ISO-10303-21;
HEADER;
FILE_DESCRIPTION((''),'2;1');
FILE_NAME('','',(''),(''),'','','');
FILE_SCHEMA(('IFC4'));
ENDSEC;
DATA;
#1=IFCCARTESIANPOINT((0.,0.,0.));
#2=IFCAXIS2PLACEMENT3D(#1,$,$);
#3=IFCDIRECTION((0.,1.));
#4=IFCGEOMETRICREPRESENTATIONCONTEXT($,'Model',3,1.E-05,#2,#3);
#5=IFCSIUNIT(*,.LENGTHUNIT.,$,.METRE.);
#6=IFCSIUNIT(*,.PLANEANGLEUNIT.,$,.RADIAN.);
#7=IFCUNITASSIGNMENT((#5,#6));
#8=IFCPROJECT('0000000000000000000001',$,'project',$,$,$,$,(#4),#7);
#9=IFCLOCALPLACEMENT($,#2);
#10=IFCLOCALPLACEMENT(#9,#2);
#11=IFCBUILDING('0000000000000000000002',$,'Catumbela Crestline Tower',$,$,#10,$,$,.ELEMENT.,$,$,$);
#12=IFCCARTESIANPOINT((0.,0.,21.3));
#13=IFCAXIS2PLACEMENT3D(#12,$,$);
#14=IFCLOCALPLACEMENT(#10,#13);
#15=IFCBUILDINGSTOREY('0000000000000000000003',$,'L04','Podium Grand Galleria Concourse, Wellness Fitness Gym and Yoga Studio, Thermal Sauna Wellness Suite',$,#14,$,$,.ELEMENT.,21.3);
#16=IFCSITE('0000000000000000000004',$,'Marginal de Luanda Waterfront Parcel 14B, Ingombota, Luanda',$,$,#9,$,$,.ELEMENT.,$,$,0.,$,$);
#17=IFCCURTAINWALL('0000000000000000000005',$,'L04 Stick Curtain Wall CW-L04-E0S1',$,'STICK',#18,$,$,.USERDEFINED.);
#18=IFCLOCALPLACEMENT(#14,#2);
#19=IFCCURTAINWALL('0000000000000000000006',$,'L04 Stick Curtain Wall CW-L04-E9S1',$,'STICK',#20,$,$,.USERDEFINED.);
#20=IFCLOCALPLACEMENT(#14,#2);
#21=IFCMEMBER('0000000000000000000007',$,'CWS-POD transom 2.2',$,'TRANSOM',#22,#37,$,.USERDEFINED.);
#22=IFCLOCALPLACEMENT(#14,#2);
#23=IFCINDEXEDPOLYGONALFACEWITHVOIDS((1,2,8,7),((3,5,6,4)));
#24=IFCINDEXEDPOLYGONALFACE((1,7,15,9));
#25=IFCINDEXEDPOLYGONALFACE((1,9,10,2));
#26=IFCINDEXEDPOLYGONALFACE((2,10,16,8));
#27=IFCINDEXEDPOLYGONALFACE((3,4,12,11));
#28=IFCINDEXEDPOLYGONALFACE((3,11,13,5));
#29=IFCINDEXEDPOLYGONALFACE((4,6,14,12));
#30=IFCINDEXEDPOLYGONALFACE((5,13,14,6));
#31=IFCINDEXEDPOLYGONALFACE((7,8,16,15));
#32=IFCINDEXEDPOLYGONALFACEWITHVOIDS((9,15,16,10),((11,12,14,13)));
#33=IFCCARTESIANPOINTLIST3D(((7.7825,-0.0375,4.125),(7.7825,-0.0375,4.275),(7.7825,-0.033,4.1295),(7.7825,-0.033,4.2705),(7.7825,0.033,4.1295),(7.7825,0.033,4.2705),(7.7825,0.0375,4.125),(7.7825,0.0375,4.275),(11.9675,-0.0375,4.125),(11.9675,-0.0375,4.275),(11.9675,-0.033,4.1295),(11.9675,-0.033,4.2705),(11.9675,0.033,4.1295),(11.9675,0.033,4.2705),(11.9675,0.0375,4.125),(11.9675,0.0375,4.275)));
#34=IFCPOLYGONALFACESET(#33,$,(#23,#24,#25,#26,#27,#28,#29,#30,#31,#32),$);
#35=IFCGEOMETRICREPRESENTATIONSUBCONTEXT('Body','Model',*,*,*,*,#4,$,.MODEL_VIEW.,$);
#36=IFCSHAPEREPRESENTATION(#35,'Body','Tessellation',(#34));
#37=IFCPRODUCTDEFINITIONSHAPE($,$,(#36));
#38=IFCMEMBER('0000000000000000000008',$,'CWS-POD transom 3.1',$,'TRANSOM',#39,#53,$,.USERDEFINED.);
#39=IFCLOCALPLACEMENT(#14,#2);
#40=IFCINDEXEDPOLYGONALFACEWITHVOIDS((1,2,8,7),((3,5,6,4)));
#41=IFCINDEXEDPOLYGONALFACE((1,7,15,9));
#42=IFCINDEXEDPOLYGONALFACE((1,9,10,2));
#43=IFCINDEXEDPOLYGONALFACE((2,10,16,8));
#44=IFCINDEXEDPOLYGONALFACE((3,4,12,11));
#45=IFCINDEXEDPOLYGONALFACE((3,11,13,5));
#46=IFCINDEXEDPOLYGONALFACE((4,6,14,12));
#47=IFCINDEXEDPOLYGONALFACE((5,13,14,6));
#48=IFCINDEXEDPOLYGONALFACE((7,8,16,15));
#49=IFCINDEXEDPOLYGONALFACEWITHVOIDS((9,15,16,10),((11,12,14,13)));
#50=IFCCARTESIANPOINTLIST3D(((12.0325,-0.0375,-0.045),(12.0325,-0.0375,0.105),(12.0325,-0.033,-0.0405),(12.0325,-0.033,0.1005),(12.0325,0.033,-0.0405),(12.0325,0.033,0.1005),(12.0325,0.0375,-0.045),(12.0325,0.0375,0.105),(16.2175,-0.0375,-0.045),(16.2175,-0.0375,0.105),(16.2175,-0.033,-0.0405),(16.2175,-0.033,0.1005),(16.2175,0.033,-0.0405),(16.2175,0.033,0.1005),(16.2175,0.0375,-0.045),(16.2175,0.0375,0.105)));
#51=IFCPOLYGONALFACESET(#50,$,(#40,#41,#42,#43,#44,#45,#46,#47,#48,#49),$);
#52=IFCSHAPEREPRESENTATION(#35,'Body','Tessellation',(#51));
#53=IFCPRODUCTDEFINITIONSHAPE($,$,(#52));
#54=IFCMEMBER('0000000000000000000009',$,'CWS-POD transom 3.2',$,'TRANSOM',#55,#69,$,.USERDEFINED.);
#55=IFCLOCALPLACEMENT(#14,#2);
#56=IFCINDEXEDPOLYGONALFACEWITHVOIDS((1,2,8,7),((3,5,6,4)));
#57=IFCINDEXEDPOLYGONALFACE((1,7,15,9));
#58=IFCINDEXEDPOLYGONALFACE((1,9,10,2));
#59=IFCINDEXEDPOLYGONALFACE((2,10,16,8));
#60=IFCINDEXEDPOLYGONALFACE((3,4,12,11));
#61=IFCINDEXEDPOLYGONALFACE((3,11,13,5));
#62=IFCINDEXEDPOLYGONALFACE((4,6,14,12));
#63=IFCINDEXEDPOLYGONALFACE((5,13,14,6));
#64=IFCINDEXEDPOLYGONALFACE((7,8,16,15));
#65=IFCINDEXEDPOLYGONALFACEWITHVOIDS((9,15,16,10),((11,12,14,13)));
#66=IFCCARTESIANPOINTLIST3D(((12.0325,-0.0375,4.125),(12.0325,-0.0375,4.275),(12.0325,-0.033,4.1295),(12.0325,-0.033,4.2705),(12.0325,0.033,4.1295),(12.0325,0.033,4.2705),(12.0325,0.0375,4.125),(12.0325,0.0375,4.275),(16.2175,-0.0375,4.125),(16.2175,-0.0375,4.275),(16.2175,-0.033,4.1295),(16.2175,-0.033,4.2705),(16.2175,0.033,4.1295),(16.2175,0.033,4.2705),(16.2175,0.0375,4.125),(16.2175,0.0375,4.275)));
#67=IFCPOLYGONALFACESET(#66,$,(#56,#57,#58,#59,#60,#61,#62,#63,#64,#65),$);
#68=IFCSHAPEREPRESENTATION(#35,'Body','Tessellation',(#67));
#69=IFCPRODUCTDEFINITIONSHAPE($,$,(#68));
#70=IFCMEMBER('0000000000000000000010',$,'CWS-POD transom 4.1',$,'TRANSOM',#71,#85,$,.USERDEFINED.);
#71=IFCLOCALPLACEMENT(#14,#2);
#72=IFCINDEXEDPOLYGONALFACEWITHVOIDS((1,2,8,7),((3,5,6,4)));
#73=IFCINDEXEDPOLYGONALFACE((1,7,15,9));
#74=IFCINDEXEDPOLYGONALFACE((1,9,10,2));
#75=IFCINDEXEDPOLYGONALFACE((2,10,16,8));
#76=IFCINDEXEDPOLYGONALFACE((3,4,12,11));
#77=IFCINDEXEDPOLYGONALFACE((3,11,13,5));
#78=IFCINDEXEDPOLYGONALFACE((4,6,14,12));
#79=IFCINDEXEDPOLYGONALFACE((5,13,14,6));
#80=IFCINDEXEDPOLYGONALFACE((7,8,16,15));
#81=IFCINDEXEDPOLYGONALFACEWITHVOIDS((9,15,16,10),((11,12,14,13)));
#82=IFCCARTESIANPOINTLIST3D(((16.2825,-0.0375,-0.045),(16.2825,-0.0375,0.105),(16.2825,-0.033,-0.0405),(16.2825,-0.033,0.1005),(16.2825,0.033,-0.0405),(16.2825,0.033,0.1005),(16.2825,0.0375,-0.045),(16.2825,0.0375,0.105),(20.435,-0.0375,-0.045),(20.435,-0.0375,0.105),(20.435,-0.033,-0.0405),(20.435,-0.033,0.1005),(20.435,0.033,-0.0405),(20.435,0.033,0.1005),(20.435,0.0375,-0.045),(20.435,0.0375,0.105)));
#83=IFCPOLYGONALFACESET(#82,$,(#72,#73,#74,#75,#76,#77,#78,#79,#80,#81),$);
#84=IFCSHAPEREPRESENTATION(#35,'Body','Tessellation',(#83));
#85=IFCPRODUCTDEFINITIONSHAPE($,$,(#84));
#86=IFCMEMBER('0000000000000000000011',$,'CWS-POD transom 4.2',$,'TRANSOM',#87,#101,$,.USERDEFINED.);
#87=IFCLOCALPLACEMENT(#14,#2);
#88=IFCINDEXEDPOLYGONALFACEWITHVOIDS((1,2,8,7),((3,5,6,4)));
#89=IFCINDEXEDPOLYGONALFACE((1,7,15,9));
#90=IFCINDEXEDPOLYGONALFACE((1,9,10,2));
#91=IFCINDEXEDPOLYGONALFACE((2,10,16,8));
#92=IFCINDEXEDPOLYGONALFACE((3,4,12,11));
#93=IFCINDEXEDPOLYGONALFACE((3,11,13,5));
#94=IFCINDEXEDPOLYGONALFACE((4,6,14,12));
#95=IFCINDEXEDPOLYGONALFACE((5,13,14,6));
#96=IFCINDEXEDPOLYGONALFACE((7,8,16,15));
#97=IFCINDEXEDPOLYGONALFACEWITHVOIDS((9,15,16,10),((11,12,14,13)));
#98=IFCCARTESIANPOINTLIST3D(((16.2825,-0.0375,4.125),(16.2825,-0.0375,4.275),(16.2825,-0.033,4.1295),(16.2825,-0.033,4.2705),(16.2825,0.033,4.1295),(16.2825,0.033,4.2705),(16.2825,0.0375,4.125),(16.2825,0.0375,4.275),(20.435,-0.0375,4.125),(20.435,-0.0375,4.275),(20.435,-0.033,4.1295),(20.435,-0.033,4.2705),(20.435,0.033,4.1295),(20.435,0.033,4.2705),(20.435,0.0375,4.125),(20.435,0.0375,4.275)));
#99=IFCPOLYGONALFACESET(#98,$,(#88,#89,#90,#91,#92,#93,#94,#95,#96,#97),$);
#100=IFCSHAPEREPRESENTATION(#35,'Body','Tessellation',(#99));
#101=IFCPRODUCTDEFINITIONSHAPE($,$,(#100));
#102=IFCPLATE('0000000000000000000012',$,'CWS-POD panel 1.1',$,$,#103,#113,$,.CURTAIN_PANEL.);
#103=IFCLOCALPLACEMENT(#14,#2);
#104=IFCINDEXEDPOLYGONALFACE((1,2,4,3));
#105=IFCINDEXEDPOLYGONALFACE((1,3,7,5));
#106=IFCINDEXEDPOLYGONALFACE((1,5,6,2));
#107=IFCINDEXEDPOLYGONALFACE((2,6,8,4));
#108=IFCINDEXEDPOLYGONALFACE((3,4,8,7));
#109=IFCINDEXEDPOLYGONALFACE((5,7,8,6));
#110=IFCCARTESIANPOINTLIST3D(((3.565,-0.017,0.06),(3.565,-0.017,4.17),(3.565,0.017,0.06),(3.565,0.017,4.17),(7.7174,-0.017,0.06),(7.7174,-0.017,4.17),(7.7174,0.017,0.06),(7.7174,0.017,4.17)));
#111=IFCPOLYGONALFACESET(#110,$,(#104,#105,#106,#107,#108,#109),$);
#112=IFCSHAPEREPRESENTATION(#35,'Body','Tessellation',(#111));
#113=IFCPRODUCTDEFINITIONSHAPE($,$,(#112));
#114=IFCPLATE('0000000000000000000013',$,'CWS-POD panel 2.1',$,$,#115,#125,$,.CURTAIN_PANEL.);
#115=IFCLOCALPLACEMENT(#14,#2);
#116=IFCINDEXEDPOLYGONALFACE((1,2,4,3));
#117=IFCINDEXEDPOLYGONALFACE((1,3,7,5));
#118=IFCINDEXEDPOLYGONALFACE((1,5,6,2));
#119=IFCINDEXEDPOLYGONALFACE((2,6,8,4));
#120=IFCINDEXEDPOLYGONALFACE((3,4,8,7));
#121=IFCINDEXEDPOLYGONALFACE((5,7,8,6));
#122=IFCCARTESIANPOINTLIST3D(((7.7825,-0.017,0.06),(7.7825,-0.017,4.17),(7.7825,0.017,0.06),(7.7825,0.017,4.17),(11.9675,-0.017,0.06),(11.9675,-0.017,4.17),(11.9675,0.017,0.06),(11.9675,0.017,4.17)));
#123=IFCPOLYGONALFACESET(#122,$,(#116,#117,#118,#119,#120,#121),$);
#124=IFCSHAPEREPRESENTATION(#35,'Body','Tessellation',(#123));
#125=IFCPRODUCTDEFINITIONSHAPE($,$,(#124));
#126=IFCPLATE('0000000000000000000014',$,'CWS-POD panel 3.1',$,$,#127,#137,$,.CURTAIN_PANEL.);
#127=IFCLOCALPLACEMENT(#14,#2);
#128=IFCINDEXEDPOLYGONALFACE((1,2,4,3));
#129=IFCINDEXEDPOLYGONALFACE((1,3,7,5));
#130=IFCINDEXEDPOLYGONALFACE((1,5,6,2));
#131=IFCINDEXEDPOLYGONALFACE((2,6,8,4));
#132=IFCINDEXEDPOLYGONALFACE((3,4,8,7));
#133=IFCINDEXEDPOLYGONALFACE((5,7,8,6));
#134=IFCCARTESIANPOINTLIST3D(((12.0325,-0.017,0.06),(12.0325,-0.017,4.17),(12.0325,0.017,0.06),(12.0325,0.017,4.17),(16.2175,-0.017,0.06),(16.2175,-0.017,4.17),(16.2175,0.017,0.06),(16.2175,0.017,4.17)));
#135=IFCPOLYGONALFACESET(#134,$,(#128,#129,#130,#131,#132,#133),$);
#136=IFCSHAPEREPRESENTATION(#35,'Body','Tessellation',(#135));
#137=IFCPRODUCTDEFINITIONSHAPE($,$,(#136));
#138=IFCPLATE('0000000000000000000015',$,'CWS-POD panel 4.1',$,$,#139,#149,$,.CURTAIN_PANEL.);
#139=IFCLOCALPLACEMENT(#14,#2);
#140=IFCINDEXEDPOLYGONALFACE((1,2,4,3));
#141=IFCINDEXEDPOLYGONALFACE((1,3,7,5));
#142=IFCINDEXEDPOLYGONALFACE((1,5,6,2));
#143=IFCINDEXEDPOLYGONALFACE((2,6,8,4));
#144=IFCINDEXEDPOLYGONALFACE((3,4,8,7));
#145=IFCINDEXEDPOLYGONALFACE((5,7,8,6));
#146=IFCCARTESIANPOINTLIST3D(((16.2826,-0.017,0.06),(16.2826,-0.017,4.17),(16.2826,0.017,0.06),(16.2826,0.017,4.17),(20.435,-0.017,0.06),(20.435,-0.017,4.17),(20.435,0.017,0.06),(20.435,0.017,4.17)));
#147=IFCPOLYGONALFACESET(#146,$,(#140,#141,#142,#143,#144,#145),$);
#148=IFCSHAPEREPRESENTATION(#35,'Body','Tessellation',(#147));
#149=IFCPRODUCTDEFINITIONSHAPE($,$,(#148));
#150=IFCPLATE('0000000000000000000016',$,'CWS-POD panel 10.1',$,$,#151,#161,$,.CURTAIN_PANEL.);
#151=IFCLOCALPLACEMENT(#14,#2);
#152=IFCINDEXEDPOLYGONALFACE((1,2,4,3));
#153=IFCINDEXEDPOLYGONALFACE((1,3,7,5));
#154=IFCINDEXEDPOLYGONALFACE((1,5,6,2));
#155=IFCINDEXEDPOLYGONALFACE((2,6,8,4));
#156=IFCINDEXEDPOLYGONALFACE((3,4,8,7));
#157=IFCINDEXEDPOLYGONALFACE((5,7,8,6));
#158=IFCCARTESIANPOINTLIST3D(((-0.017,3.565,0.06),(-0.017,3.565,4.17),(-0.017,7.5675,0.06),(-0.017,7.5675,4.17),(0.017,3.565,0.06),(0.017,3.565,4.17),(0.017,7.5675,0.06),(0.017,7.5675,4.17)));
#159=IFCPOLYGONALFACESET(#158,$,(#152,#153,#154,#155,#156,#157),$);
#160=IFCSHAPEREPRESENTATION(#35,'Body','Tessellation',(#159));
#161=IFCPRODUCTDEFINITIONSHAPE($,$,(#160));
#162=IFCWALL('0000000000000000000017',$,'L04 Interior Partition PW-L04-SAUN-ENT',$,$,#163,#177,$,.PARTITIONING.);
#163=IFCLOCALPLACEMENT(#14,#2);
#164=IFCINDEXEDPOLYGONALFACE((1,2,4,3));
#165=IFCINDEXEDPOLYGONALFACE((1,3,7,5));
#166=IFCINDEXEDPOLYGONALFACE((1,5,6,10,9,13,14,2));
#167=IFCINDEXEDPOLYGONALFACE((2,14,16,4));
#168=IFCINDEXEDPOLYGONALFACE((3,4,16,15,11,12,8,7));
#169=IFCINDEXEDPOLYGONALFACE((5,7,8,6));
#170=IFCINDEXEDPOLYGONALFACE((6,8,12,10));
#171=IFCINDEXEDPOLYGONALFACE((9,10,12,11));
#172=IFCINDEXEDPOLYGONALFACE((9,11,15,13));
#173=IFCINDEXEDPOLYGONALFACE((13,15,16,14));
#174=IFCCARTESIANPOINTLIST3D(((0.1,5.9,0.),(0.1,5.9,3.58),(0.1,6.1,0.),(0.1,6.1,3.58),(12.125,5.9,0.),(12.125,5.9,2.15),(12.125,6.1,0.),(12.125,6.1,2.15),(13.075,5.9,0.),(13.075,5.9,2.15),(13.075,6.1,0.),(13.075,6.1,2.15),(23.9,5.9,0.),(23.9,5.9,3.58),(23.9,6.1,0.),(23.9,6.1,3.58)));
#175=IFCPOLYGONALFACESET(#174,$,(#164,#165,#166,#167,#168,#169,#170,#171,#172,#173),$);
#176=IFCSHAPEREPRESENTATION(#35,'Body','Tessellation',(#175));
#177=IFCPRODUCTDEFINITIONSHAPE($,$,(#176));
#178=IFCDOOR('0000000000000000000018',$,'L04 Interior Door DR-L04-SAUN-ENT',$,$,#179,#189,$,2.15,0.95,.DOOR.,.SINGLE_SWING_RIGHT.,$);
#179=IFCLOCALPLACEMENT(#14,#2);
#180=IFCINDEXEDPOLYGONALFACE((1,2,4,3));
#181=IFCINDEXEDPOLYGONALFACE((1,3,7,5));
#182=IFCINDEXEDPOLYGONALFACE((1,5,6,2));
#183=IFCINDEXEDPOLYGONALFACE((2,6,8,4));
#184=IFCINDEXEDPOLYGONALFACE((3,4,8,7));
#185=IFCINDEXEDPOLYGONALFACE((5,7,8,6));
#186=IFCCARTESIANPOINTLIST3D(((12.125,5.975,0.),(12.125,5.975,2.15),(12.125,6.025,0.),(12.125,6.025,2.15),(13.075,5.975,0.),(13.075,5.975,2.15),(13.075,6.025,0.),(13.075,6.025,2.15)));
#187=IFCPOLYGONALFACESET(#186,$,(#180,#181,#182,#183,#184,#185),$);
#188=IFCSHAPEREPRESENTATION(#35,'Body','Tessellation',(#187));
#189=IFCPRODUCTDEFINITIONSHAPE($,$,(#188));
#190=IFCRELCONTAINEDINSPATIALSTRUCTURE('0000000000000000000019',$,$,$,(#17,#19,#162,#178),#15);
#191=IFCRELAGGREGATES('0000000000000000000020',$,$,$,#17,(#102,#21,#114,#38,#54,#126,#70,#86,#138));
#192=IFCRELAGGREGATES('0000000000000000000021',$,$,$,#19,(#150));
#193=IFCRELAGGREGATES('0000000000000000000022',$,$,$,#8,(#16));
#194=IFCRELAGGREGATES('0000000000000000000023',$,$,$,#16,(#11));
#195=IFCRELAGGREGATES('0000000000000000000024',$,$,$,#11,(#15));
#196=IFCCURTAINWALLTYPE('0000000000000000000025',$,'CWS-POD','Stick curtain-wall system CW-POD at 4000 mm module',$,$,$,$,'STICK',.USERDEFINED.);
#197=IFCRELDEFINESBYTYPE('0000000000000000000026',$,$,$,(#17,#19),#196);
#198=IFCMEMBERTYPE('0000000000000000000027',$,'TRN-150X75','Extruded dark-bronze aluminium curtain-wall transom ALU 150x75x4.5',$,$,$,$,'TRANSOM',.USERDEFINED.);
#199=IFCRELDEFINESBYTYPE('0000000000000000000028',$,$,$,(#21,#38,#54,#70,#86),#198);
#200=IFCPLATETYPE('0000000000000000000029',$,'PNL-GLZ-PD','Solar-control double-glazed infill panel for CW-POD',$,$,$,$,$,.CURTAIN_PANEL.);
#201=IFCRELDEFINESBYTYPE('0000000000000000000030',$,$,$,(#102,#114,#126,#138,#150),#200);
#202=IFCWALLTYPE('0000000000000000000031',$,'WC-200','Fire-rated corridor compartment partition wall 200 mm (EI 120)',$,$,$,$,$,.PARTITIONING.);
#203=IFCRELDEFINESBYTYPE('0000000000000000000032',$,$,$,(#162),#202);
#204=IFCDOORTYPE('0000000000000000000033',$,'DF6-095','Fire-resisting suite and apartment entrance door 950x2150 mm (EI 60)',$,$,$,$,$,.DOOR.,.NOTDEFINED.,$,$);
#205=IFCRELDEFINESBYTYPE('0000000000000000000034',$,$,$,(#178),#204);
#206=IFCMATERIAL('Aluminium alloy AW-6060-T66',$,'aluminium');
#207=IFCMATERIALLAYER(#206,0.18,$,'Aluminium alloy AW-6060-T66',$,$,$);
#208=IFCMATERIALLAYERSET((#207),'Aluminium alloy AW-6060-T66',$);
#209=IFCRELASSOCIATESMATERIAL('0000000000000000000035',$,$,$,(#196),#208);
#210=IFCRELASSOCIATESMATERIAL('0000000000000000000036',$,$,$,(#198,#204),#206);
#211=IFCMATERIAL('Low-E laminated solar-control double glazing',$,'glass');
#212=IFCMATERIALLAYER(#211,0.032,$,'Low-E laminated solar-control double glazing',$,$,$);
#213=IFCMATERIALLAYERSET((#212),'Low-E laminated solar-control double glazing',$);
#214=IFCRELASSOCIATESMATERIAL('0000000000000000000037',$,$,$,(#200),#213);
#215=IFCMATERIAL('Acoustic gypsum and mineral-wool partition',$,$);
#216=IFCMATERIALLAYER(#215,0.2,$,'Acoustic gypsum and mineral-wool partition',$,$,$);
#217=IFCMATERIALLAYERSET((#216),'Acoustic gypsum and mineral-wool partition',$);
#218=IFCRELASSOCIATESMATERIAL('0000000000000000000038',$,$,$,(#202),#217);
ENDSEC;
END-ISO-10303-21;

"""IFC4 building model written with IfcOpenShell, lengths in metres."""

from ifc_helpers import new_model, si_unit, direction, frame, frame_2d, origin, origin_2d, place, context, subcontext, project, spatial, rectangle, hollow_rectangle, extrude, material, layer, layer_set, material_profile, profile_set, type_object, element, fill, aggregate, save


model = new_model("IFC4")

# Units and contexts
model_context = context("Model", 3, precision=1e-05, world=origin(), true_north=direction((0.0, 1.0)))
body_context = subcontext(model_context, "Body", "Model", "MODEL_VIEW")
ifc_project = project(units=[si_unit("LENGTHUNIT", "METRE"), si_unit("PLANEANGLEUNIT", "RADIAN")], contexts=[model_context])

# Site, building, storey
site_placement = place(None, origin())
site = spatial("IfcSite", under=ifc_project, at=site_placement, Name="Marginal de Luanda Waterfront Parcel 14B, Ingombota, Luanda", CompositionType="ELEMENT", RefElevation=0.0)
building_placement = place(site_placement, origin())
building = spatial("IfcBuilding", under=site, at=building_placement, Name="Catumbela Crestline Tower", CompositionType="ELEMENT")
storey_placement = place(building_placement, frame((0.0, 0.0, 21.3)))
storey = spatial("IfcBuildingStorey", under=building, at=storey_placement, Name="L04", Description="Podium Grand Galleria Concourse, Wellness Fitness Gym and Yoga Studio, Thermal Sauna Wellness Suite", CompositionType="ELEMENT", Elevation=21.3)

# Curtain wall
ifc_material_1 = material(Name="Aluminium alloy AW-6060-T66", Category="aluminium")
ifc_layer_1 = layer(ifc_material_1, 0.18, Name="Aluminium alloy AW-6060-T66")
ifc_layer_set_1 = layer_set([ifc_layer_1], Name="Aluminium alloy AW-6060-T66")
curtain_wall_type = type_object("IfcCurtainWallType", Name="CWS-POD", Description="Stick curtain-wall system CW-POD at 4000 mm module", ElementType="STICK", PredefinedType="USERDEFINED", material=ifc_layer_set_1)
curtain_wall_1_placement = place(storey_placement, origin())
curtain_wall_1 = element("IfcCurtainWall", 1, at=curtain_wall_1_placement, inside=storey, type_object=curtain_wall_type, Name="L04 Stick Curtain Wall CW-L04-E0S1", ObjectType="STICK", PredefinedType="USERDEFINED")

# Curtain wall
curtain_wall_2_placement = place(storey_placement, origin())
curtain_wall_2 = element("IfcCurtainWall", 2, at=curtain_wall_2_placement, inside=storey, type_object=curtain_wall_type, Name="L04 Stick Curtain Wall CW-L04-E9S1", ObjectType="STICK", PredefinedType="USERDEFINED")

# Members
ifc_material_profile_1 = material_profile(ifc_material_1, hollow_rectangle(XDim=0.075, YDim=0.15, WallThickness=0.0045, at=origin_2d()), Name="ALU 150x75x4.5")
ifc_profile_set_1 = profile_set([ifc_material_profile_1], Name="Aluminium alloy AW-6060-T66")
member_type_1 = type_object("IfcMemberType", Name="TRN-150X75", Description="Extruded dark-bronze aluminium curtain-wall transom ALU 150x75x4.5", ElementType="TRANSOM", PredefinedType="USERDEFINED", material=ifc_profile_set_1)
member_1_placement = place(storey_placement, frame((7.7825, 0.0, 4.2), z_axis=(1.0, 0.0, 0.0), x_axis=(0.0, 1.0, 0.0)))
member_1 = element("IfcMember", 3, at=member_1_placement, type_object=member_type_1, Name="CWS-POD transom 2.2", ObjectType="TRANSOM", PredefinedType="USERDEFINED", context=body_context, shape_type="SweptSolid", body=[
    extrude(hollow_rectangle(XDim=0.075, YDim=0.15, WallThickness=0.0045, at=origin_2d()), origin(), (0.0, 0.0, 1.0), 4.185),
])
member_2_placement = place(storey_placement, frame((12.0325, 0.0, 0.03), z_axis=(1.0, 0.0, 0.0), x_axis=(0.0, 1.0, 0.0)))
member_2 = element("IfcMember", 4, at=member_2_placement, type_object=member_type_1, Name="CWS-POD transom 3.1", ObjectType="TRANSOM", PredefinedType="USERDEFINED", context=body_context, shape_type="SweptSolid", body=[
    extrude(hollow_rectangle(XDim=0.075, YDim=0.15, WallThickness=0.0045, at=origin_2d()), origin(), (0.0, 0.0, 1.0), 4.185),
])
member_3_placement = place(storey_placement, frame((12.0325, 0.0, 4.2), z_axis=(1.0, 0.0, 0.0), x_axis=(0.0, 1.0, 0.0)))
member_3 = element("IfcMember", 5, at=member_3_placement, type_object=member_type_1, Name="CWS-POD transom 3.2", ObjectType="TRANSOM", PredefinedType="USERDEFINED", context=body_context, shape_type="SweptSolid", body=[
    extrude(hollow_rectangle(XDim=0.075, YDim=0.15, WallThickness=0.0045, at=origin_2d()), origin(), (0.0, 0.0, 1.0), 4.185),
])
member_4_placement = place(storey_placement, frame((16.2825, 0.0, 0.03), z_axis=(1.0, 0.0, 0.0), x_axis=(0.0, 1.0, 0.0)))
member_4 = element("IfcMember", 6, at=member_4_placement, type_object=member_type_1, Name="CWS-POD transom 4.1", ObjectType="TRANSOM", PredefinedType="USERDEFINED", context=body_context, shape_type="SweptSolid", body=[
    extrude(hollow_rectangle(XDim=0.075, YDim=0.15, WallThickness=0.0045, at=origin_2d()), origin(), (0.0, 0.0, 1.0), 4.1525),
])
member_5_placement = place(storey_placement, frame((16.2825, 0.0, 4.2), z_axis=(1.0, 0.0, 0.0), x_axis=(0.0, 1.0, 0.0)))
member_5 = element("IfcMember", 7, at=member_5_placement, type_object=member_type_1, Name="CWS-POD transom 4.2", ObjectType="TRANSOM", PredefinedType="USERDEFINED", context=body_context, shape_type="SweptSolid", body=[
    extrude(hollow_rectangle(XDim=0.075, YDim=0.15, WallThickness=0.0045, at=origin_2d()), origin(), (0.0, 0.0, 1.0), 4.1525),
])

# Plates
ifc_material_2 = material(Name="Low-E laminated solar-control double glazing", Category="glass")
ifc_layer_2 = layer(ifc_material_2, 0.032, Name="Low-E laminated solar-control double glazing")
ifc_layer_set_2 = layer_set([ifc_layer_2], Name="Low-E laminated solar-control double glazing")
plate_type = type_object("IfcPlateType", Name="PNL-GLZ-PD", Description="Solar-control double-glazed infill panel for CW-POD", PredefinedType="CURTAIN_PANEL", material=ifc_layer_set_2)
plate_1_placement = place(storey_placement, frame((5.6412, 0.0, 0.06), z_axis=(0.0, 0.0, 1.0), x_axis=(1.0, 0.0, 0.0)))
plate_1 = element("IfcPlate", 8, at=plate_1_placement, type_object=plate_type, Name="CWS-POD panel 1.1", PredefinedType="CURTAIN_PANEL", context=body_context, shape_type="SweptSolid", body=[
    extrude(rectangle(XDim=4.1525, YDim=0.034, at=origin_2d()), origin(), (0.0, 0.0, 1.0), 4.11),
])
plate_2_placement = place(storey_placement, frame((9.875, 0.0, 0.06), z_axis=(0.0, 0.0, 1.0), x_axis=(1.0, 0.0, 0.0)))
plate_2 = element("IfcPlate", 9, at=plate_2_placement, type_object=plate_type, Name="CWS-POD panel 2.1", PredefinedType="CURTAIN_PANEL", context=body_context, shape_type="SweptSolid", body=[
    extrude(rectangle(XDim=4.185, YDim=0.034, at=origin_2d()), origin(), (0.0, 0.0, 1.0), 4.11),
])
plate_3_placement = place(storey_placement, frame((14.125, 0.0, 0.06), z_axis=(0.0, 0.0, 1.0), x_axis=(1.0, 0.0, 0.0)))
plate_3 = element("IfcPlate", 10, at=plate_3_placement, type_object=plate_type, Name="CWS-POD panel 3.1", PredefinedType="CURTAIN_PANEL", context=body_context, shape_type="SweptSolid", body=[
    extrude(rectangle(XDim=4.185, YDim=0.034, at=origin_2d()), origin(), (0.0, 0.0, 1.0), 4.11),
])
plate_4_placement = place(storey_placement, frame((18.3588, 0.0, 0.06), z_axis=(0.0, 0.0, 1.0), x_axis=(1.0, 0.0, 0.0)))
plate_4 = element("IfcPlate", 11, at=plate_4_placement, type_object=plate_type, Name="CWS-POD panel 4.1", PredefinedType="CURTAIN_PANEL", context=body_context, shape_type="SweptSolid", body=[
    extrude(rectangle(XDim=4.1525, YDim=0.034, at=origin_2d()), origin(), (0.0, 0.0, 1.0), 4.11),
])
aggregate(curtain_wall_1, [plate_1, member_1, plate_2, member_2, member_3, plate_3, member_4, member_5, plate_4])
plate_5_placement = place(storey_placement, frame((0.0, 5.5662, 0.06), z_axis=(0.0, 0.0, 1.0), x_axis=(0.0, -1.0, 0.0)))
plate_5 = element("IfcPlate", 12, at=plate_5_placement, type_object=plate_type, Name="CWS-POD panel 10.1", PredefinedType="CURTAIN_PANEL", context=body_context, shape_type="SweptSolid", body=[
    extrude(rectangle(XDim=4.0025, YDim=0.034, at=origin_2d()), origin(), (0.0, 0.0, 1.0), 4.11),
])
aggregate(curtain_wall_2, [plate_5])

# Wall, opening, door
ifc_material_3 = material(Name="Acoustic gypsum and mineral-wool partition")
ifc_layer_3 = layer(ifc_material_3, 0.2, Name="Acoustic gypsum and mineral-wool partition")
ifc_layer_set_3 = layer_set([ifc_layer_3], Name="Acoustic gypsum and mineral-wool partition")
wall_type_1 = type_object("IfcWallType", Name="WC-200", Description="Fire-rated corridor compartment partition wall 200 mm (EI 120)", PredefinedType="PARTITIONING", material=ifc_layer_set_3)
wall_1_placement = place(storey_placement, frame((0.1, 6.0, 0.0), z_axis=(0.0, 0.0, 1.0), x_axis=(1.0, 0.0, 0.0)))
wall_1 = element("IfcWall", 13, at=wall_1_placement, inside=storey, type_object=wall_type_1, Name="L04 Interior Partition PW-L04-SAUN-ENT", PredefinedType="PARTITIONING", context=body_context, shape_type="SweptSolid", body=[
    extrude(rectangle(XDim=23.8, YDim=0.2, at=frame_2d((11.9, 0.0))), origin(), (0.0, 0.0, 1.0), 3.58),
])
opening_1_placement = place(wall_1_placement, frame((12.025, 0.0, 0.0)))
opening_1 = element("IfcOpeningElement", 14, at=opening_1_placement, cuts=wall_1, PredefinedType="OPENING", context=body_context, shape_type="SweptSolid", body=[
    extrude(rectangle(XDim=0.95, YDim=2.15, at=frame_2d((0.475, 1.075))), frame((0.0, 0.11, 0.0), z_axis=(0.0, -1.0, 0.0), x_axis=(1.0, 0.0, 0.0)), (0.0, 0.0, 1.0), 0.22),
])
door_type = type_object("IfcDoorType", Name="DF6-095", Description="Fire-resisting suite and apartment entrance door 950x2150 mm (EI 60)", OperationType="NOTDEFINED", PredefinedType="DOOR", material=ifc_material_1)
door_placement = place(opening_1_placement, origin())
door = element("IfcDoor", 15, at=door_placement, inside=storey, type_object=door_type, Name="L04 Interior Door DR-L04-SAUN-ENT", OperationType="SINGLE_SWING_RIGHT", OverallHeight=2.15, OverallWidth=0.95, PredefinedType="DOOR", context=body_context, shape_type="SweptSolid", body=[
    extrude(rectangle(XDim=0.95, YDim=2.15, at=frame_2d((0.475, 1.075))), frame((0.0, 0.025, 0.0), z_axis=(0.0, -1.0, 0.0), x_axis=(1.0, 0.0, 0.0)), (0.0, 0.0, 1.0), 0.05),
])
fill(opening_1, door)

save(model, "model.ifc")
